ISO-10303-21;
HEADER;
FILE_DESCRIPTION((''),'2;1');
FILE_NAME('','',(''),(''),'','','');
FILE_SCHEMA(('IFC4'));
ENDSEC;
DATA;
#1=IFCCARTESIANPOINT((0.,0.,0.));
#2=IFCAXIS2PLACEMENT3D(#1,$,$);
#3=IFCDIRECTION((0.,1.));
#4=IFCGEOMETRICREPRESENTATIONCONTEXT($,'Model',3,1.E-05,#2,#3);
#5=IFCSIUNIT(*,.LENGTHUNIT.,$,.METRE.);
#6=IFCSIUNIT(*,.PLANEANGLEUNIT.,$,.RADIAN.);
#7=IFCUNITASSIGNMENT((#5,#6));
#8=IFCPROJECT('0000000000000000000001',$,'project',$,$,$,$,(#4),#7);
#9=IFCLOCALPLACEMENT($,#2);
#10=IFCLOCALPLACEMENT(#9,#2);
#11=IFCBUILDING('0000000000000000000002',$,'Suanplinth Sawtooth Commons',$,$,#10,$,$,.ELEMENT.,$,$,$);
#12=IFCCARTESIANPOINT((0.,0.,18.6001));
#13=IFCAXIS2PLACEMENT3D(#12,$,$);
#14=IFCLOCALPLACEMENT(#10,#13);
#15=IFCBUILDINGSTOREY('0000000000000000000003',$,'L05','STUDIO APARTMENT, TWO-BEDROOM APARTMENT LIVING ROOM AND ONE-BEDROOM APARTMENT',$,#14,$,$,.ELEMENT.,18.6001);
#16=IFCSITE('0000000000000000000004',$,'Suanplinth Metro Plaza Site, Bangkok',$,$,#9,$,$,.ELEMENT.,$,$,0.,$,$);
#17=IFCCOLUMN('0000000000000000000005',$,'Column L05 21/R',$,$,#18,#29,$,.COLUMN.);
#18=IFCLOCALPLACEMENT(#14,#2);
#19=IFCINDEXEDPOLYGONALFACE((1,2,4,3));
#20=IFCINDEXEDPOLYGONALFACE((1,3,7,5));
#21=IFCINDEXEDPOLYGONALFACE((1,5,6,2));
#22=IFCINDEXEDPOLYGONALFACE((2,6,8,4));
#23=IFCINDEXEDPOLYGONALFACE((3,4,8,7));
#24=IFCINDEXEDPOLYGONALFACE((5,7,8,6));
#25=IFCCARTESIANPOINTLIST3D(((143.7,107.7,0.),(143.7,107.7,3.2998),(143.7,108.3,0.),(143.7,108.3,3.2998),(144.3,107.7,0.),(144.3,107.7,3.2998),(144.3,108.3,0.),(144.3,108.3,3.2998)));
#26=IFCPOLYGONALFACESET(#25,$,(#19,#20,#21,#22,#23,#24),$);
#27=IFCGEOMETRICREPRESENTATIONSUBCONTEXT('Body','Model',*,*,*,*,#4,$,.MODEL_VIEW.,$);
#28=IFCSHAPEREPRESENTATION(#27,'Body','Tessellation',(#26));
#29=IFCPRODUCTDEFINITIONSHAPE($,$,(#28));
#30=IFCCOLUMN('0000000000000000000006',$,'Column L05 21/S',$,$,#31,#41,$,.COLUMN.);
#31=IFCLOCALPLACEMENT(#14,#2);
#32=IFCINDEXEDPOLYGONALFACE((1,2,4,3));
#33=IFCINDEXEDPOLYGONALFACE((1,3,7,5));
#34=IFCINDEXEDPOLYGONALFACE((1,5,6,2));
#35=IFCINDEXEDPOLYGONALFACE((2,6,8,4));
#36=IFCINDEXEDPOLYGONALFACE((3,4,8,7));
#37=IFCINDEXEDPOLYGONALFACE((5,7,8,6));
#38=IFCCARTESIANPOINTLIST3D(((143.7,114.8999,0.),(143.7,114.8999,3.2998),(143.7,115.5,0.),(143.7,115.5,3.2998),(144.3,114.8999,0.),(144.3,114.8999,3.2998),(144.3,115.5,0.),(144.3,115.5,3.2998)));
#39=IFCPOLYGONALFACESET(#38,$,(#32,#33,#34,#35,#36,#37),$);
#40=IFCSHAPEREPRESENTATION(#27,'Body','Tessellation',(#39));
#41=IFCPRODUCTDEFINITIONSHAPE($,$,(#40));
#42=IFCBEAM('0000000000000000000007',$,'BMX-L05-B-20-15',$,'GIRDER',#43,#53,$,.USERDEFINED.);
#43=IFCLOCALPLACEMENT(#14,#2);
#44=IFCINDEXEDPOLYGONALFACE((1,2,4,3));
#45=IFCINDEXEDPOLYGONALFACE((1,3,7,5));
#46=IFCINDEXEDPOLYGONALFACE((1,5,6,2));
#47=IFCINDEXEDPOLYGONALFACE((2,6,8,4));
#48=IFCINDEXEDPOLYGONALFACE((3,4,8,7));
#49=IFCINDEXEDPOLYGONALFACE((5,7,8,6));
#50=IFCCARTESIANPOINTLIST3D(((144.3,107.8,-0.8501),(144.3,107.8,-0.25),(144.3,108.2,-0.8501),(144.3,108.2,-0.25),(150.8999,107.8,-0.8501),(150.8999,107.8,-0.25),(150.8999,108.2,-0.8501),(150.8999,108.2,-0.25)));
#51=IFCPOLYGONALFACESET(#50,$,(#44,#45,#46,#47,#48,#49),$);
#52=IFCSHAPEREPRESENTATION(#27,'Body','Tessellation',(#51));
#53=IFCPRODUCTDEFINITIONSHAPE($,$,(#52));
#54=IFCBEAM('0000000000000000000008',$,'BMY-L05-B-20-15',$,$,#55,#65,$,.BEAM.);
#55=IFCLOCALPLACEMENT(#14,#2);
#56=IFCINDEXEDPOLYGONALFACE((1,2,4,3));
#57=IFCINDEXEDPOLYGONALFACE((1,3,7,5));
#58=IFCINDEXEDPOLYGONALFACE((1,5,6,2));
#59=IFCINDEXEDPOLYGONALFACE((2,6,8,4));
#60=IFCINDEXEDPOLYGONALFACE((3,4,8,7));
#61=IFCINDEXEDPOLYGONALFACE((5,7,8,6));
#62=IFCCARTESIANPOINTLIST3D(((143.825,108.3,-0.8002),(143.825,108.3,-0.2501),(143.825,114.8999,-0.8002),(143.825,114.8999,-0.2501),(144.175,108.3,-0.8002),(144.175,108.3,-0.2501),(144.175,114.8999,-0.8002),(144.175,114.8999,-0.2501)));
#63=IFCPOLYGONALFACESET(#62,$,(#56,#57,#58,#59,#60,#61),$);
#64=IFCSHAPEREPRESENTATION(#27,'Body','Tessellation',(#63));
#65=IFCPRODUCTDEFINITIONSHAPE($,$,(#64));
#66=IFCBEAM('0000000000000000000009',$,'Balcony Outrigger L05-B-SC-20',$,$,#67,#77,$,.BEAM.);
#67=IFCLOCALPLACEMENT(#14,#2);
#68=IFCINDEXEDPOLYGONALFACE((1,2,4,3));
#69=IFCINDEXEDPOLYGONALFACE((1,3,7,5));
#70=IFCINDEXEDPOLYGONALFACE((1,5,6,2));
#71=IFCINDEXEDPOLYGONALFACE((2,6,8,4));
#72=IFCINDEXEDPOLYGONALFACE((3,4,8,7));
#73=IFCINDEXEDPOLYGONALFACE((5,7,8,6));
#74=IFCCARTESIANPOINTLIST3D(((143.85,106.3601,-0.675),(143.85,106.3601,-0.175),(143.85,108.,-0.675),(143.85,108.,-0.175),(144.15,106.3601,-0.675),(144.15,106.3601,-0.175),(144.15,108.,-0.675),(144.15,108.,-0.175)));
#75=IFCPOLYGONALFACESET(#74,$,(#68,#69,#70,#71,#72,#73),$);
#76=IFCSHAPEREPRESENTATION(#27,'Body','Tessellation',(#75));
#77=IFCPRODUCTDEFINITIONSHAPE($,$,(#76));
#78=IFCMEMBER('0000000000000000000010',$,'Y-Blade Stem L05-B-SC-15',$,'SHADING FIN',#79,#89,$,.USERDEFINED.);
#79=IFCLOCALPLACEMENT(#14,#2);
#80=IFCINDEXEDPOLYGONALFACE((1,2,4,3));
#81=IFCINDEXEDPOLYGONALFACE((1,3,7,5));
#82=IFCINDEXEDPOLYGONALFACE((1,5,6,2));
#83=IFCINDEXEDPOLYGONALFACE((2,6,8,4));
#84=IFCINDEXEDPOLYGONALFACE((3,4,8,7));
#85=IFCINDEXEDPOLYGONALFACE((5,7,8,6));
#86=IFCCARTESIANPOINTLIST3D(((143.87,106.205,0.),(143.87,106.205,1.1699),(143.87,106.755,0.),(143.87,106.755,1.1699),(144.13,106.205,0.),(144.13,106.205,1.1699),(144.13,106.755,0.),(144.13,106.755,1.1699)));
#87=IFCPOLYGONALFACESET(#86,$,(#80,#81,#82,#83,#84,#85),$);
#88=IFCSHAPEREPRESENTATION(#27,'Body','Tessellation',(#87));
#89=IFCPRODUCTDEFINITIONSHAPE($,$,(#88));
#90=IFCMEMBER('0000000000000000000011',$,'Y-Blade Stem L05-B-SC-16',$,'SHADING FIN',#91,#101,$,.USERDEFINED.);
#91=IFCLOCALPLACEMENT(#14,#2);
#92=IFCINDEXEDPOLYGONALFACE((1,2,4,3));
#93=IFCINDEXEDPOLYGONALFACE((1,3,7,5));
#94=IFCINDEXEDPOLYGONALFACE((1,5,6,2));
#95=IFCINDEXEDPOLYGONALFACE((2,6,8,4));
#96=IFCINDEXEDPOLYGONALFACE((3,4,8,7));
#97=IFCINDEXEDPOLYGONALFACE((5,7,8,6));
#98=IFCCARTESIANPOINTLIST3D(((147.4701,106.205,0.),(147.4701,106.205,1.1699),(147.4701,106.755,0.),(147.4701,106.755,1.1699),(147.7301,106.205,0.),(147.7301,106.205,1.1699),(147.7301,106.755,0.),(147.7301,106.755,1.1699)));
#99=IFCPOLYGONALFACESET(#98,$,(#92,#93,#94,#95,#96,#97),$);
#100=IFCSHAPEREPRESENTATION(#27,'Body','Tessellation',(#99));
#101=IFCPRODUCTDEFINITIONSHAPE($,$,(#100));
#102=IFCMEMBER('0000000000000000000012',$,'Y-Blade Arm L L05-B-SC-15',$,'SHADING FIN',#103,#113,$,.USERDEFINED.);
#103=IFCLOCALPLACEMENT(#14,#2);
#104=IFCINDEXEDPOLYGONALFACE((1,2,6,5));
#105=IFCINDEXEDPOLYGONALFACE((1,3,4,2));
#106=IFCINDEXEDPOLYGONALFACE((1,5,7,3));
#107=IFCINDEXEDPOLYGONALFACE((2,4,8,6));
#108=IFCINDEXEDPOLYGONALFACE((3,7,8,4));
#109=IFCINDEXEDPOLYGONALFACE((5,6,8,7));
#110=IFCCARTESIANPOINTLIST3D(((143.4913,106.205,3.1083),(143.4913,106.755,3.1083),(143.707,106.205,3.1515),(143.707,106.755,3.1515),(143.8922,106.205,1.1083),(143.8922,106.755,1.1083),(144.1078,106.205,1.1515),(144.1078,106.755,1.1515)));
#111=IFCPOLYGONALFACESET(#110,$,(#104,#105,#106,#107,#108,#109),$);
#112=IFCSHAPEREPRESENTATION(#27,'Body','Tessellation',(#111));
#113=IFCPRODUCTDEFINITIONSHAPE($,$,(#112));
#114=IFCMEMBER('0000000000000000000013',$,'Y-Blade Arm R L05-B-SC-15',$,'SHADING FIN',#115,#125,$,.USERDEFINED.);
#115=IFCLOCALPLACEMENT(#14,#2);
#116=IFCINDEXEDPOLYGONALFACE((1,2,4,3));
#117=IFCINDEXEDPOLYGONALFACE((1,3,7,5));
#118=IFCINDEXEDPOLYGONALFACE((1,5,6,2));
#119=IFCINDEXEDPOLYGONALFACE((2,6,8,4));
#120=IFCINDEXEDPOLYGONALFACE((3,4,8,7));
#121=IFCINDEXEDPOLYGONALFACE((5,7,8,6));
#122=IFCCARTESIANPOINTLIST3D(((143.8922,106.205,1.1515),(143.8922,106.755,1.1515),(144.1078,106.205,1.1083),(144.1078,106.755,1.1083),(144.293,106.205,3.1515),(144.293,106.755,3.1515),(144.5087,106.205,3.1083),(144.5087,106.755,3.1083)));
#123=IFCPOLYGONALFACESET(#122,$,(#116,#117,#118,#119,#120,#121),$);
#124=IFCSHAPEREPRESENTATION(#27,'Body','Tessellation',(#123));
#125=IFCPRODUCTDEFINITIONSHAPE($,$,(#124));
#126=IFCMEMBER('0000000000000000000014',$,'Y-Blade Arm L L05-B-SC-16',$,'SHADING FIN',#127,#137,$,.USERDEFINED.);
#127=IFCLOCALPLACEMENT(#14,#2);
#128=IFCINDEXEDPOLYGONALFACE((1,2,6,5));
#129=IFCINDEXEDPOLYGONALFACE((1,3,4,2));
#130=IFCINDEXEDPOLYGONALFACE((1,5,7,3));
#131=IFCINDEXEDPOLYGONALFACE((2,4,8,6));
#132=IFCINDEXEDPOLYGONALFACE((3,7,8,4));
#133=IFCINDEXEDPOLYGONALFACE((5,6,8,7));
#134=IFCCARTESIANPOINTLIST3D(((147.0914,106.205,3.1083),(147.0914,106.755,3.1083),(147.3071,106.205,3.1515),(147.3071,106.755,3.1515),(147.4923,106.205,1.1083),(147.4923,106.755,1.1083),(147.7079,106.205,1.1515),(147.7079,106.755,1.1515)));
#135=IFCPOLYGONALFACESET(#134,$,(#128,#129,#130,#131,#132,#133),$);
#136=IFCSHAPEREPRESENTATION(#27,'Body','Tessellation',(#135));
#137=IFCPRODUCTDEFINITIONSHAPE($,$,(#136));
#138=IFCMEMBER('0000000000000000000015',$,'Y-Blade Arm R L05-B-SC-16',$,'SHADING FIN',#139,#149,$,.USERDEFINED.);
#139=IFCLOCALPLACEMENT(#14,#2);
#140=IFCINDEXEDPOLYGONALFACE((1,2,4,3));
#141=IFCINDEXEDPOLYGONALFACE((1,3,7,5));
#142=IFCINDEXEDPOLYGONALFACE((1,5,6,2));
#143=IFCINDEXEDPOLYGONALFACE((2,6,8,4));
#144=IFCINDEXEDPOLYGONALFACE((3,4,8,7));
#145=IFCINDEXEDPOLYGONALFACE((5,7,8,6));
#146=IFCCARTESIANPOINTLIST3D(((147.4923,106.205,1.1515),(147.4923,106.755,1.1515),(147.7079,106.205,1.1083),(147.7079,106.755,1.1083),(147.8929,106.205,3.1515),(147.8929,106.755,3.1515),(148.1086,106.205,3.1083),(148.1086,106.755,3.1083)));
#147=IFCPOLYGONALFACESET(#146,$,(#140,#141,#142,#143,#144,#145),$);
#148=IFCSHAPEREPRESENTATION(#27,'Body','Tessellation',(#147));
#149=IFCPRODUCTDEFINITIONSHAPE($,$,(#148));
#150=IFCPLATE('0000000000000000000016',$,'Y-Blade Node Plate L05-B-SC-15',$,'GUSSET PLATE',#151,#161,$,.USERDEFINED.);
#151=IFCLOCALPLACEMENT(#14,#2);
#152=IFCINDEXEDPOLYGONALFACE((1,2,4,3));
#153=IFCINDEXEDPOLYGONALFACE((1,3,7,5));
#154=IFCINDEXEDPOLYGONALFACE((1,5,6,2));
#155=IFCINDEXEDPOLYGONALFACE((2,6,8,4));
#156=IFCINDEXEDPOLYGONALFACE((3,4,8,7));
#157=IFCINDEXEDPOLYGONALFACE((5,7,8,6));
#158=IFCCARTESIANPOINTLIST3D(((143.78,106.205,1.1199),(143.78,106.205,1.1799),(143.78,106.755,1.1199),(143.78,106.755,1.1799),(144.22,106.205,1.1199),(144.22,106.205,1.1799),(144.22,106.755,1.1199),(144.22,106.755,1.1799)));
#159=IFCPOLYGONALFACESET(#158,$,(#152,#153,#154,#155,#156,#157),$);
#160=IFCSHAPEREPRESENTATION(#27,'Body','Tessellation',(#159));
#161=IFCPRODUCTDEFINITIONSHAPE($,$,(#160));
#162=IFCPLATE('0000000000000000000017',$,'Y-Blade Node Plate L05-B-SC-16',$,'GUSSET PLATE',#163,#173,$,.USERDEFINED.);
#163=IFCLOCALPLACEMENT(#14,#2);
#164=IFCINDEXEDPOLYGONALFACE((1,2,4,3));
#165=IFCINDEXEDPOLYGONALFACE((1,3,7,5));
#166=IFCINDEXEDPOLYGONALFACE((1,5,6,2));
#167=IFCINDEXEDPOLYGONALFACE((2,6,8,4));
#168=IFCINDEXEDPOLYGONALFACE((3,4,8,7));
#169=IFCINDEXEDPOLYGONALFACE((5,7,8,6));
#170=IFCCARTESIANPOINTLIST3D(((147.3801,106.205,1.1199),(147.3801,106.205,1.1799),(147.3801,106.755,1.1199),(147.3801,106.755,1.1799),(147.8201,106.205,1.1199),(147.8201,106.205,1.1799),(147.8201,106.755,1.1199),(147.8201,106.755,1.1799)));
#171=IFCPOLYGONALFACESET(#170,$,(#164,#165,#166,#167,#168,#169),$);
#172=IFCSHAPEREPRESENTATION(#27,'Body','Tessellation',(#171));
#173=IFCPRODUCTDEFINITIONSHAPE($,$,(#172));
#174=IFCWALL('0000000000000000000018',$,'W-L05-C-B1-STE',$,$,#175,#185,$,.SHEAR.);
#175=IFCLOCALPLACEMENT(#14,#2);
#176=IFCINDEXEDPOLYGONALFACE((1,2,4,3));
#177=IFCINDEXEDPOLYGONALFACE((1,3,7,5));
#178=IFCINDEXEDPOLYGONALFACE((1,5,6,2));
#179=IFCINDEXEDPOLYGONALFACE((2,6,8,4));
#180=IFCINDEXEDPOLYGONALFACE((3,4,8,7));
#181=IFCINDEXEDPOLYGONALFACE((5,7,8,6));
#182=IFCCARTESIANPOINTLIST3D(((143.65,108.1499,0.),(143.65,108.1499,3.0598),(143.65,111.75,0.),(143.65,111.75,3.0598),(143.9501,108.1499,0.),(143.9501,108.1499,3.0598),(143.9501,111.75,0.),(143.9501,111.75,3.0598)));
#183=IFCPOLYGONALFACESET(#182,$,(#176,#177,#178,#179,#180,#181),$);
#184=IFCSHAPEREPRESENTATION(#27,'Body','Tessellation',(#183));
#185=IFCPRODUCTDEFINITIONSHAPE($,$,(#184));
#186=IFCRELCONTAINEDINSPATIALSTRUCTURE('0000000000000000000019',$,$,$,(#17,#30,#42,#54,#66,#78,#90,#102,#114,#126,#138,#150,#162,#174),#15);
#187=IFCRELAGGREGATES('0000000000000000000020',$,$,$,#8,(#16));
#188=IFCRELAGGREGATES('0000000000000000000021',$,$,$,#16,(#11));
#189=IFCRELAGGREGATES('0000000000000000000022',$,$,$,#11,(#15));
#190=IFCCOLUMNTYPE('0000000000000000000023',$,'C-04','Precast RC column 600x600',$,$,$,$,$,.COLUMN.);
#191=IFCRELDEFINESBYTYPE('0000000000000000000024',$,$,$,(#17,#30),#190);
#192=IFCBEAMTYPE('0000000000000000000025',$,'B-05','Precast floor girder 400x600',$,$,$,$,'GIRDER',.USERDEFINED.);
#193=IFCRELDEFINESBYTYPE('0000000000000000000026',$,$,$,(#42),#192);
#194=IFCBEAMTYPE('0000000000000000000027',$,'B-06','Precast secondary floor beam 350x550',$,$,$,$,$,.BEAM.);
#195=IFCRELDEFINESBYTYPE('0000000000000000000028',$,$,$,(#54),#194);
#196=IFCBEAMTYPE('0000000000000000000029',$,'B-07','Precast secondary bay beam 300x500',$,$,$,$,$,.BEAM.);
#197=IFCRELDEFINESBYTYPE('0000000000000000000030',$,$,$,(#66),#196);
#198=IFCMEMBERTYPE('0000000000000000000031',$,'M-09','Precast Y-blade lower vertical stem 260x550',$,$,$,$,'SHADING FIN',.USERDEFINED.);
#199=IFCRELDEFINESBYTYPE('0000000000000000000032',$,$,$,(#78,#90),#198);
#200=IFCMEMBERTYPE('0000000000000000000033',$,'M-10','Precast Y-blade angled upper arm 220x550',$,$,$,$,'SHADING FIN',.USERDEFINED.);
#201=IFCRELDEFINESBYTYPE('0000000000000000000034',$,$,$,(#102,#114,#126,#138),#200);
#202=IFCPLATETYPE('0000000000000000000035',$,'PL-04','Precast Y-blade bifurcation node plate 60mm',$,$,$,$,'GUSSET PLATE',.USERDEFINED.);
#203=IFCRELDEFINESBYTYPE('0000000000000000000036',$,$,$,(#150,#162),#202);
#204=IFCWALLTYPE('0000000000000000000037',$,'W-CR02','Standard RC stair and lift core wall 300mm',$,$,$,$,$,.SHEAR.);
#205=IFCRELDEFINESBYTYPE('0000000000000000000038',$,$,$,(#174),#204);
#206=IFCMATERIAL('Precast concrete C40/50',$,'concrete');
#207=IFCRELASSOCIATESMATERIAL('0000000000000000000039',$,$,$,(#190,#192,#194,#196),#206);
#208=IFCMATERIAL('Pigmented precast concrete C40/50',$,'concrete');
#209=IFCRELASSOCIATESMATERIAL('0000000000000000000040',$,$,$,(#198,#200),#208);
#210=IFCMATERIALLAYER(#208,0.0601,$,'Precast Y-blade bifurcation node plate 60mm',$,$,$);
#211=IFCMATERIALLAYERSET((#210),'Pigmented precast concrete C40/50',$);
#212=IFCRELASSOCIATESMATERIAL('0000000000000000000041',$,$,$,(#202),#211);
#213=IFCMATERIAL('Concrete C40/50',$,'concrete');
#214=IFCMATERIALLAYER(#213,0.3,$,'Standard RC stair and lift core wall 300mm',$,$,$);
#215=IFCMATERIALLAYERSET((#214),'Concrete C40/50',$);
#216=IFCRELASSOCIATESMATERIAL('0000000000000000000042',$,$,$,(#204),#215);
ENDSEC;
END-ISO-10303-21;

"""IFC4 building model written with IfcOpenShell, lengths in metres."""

from ifc_helpers import new_model, si_unit, direction, frame, frame_2d, origin, origin_2d, place, context, subcontext, project, spatial, rectangle, extrude, material, layer, layer_set, material_profile, profile_set, type_object, element, save


model = new_model("IFC4")

# Units and contexts
model_context = context("Model", 3, precision=1e-05, world=origin(), true_north=direction((0.0, 1.0)))
body_context = subcontext(model_context, "Body", "Model", "MODEL_VIEW")
ifc_project = project(units=[si_unit("LENGTHUNIT", "METRE"), si_unit("PLANEANGLEUNIT", "RADIAN")], contexts=[model_context])

# Site, building, storey
site_placement = place(None, origin())
site = spatial("IfcSite", under=ifc_project, at=site_placement, Name="Suanplinth Metro Plaza Site, Bangkok", CompositionType="ELEMENT", RefElevation=0.0)
building_placement = place(site_placement, origin())
building = spatial("IfcBuilding", under=site, at=building_placement, Name="Suanplinth Sawtooth Commons", CompositionType="ELEMENT")
storey_placement = place(building_placement, frame((0.0, 0.0, 18.6001)))
storey = spatial("IfcBuildingStorey", under=building, at=storey_placement, Name="L05", Description="STUDIO APARTMENT, TWO-BEDROOM APARTMENT LIVING ROOM AND ONE-BEDROOM APARTMENT", CompositionType="ELEMENT", Elevation=18.6001)

# Columns
ifc_material_1 = material(Name="Precast concrete C40/50", Category="concrete")
ifc_material_profile_1 = material_profile(ifc_material_1, rectangle(XDim=0.6001, YDim=0.6001, at=origin_2d()), Name="PC-COL 600x600")
ifc_profile_set_1 = profile_set([ifc_material_profile_1], Name="Precast concrete C40/50")
column_type = type_object("IfcColumnType", Name="C-04", Description="Precast RC column 600x600", PredefinedType="COLUMN", material=ifc_profile_set_1)
for number, where, z_axis, x_axis, name in (
    (1, (144.0, 108.0, 0.0), (0.0, 0.0, 1.0), (1.0, 0.0, 0.0), "Column L05 21/R"),
    (2, (144.0, 115.2, 0.0), (0.0, 0.0, 1.0), (1.0, 0.0, 0.0), "Column L05 21/S"),
):
    element("IfcColumn", number, at=place(storey_placement, frame(where, z_axis=z_axis, x_axis=x_axis)), inside=storey, type_object=column_type, Name=name, PredefinedType="COLUMN", context=body_context, shape_type="SweptSolid", body=[
        extrude(rectangle(XDim=0.6001, YDim=0.6001, at=origin_2d()), origin(), (0.0, 0.0, 1.0), 3.2998),
    ])

# Beams
ifc_material_profile_2 = material_profile(ifc_material_1, rectangle(XDim=0.3999, YDim=0.6001, at=origin_2d()), Name="PC-GDR 400x600")
ifc_profile_set_2 = profile_set([ifc_material_profile_2], Name="Precast concrete C40/50")
beam_type_1 = type_object("IfcBeamType", Name="B-05", Description="Precast floor girder 400x600", ElementType="GIRDER", PredefinedType="USERDEFINED", material=ifc_profile_set_2)
beam_1_placement = place(storey_placement, frame((144.3, 108.0, -0.55), z_axis=(1.0, 0.0, 0.0), x_axis=(0.0, 1.0, 0.0)))
element("IfcBeam", 3, at=beam_1_placement, inside=storey, type_object=beam_type_1, Name="BMX-L05-B-20-15", ObjectType="GIRDER", PredefinedType="USERDEFINED", context=body_context, shape_type="SweptSolid", body=[
    extrude(rectangle(XDim=0.3999, YDim=0.6001, at=origin_2d()), origin(), (0.0, 0.0, 1.0), 6.5999),
])
ifc_material_profile_3 = material_profile(ifc_material_1, rectangle(XDim=0.3501, YDim=0.55, at=origin_2d()), Name="PC-BM 350x550")
ifc_profile_set_3 = profile_set([ifc_material_profile_3], Name="Precast concrete C40/50")
beam_type_2 = type_object("IfcBeamType", Name="B-06", Description="Precast secondary floor beam 350x550", PredefinedType="BEAM", material=ifc_profile_set_3)
beam_2_placement = place(storey_placement, frame((144.0, 108.3, -0.5251), z_axis=(0.0, 1.0, 0.0), x_axis=(-1.0, 0.0, 0.0)))
element("IfcBeam", 4, at=beam_2_placement, inside=storey, type_object=beam_type_2, Name="BMY-L05-B-20-15", PredefinedType="BEAM", context=body_context, shape_type="SweptSolid", body=[
    extrude(rectangle(XDim=0.3501, YDim=0.55, at=origin_2d()), origin(), (0.0, 0.0, 1.0), 6.5999),
])
ifc_material_profile_4 = material_profile(ifc_material_1, rectangle(XDim=0.3, YDim=0.5, at=origin_2d()), Name="PC-BM 300x500")
ifc_profile_set_4 = profile_set([ifc_material_profile_4], Name="Precast concrete C40/50")
beam_type_3 = type_object("IfcBeamType", Name="B-07", Description="Precast secondary bay beam 300x500", PredefinedType="BEAM", material=ifc_profile_set_4)
beam_3_placement = place(storey_placement, frame((144.0, 108.0, -0.425), z_axis=(0.0, -1.0, 0.0), x_axis=(1.0, 0.0, 0.0)))
element("IfcBeam", 5, at=beam_3_placement, inside=storey, type_object=beam_type_3, Name="Balcony Outrigger L05-B-SC-20", PredefinedType="BEAM", context=body_context, shape_type="SweptSolid", body=[
    extrude(rectangle(XDim=0.3, YDim=0.5, at=origin_2d()), origin(), (0.0, 0.0, 1.0), 1.6399),
])

# Members
ifc_material_2 = material(Name="Pigmented precast concrete C40/50", Category="concrete")
ifc_material_profile_5 = material_profile(ifc_material_2, rectangle(XDim=0.26, YDim=0.55, at=origin_2d()), Name="PC-FIN 260x550")
ifc_profile_set_5 = profile_set([ifc_material_profile_5], Name="Pigmented precast concrete C40/50")
member_type_1 = type_object("IfcMemberType", Name="M-09", Description="Precast Y-blade lower vertical stem 260x550", ElementType="SHADING FIN", PredefinedType="USERDEFINED", material=ifc_profile_set_5)
for number, where, z_axis, x_axis, name in (
    (6, (144.0, 106.48, 0.0), (0.0, 0.0, 1.0), (1.0, 0.0, 0.0), "Y-Blade Stem L05-B-SC-15"),
    (7, (147.6001, 106.48, 0.0), (0.0, 0.0, 1.0), (1.0, 0.0, 0.0), "Y-Blade Stem L05-B-SC-16"),
):
    element("IfcMember", number, at=place(storey_placement, frame(where, z_axis=z_axis, x_axis=x_axis)), inside=storey, type_object=member_type_1, Name=name, ObjectType="SHADING FIN", PredefinedType="USERDEFINED", context=body_context, shape_type="SweptSolid", body=[
        extrude(rectangle(XDim=0.26, YDim=0.55, at=origin_2d()), origin(), (0.0, 0.0, 1.0), 1.1699),
    ])
ifc_material_profile_6 = material_profile(ifc_material_2, rectangle(XDim=0.22, YDim=0.55, at=origin_2d()), Name="PC-FIN 220x550")
ifc_profile_set_6 = profile_set([ifc_material_profile_6], Name="Pigmented precast concrete C40/50")
member_type_2 = type_object("IfcMemberType", Name="M-10", Description="Precast Y-blade angled upper arm 220x550", ElementType="SHADING FIN", PredefinedType="USERDEFINED", material=ifc_profile_set_6)
for number, where, z_axis, x_axis, name in (
    (8, (144.0, 106.48, 1.1299), (-0.19653, 0.0, 0.980498), (0.980498, 0.0, 0.19653), "Y-Blade Arm L L05-B-SC-15"),
    (9, (144.0, 106.48, 1.1299), (0.19653, 0.0, 0.980498), (-0.980498, 0.0, 0.19653), "Y-Blade Arm R L05-B-SC-15"),
    (10, (147.6001, 106.48, 1.1299), (-0.19653, 0.0, 0.980498), (0.980498, 0.0, 0.19653), "Y-Blade Arm L L05-B-SC-16"),
    (11, (147.6001, 106.48, 1.1299), (0.196415, 0.0, 0.980521), (-0.980521, 0.0, 0.196415), "Y-Blade Arm R L05-B-SC-16"),
):
    element("IfcMember", number, at=place(storey_placement, frame(where, z_axis=z_axis, x_axis=x_axis)), inside=storey, type_object=member_type_2, Name=name, ObjectType="SHADING FIN", PredefinedType="USERDEFINED", context=body_context, shape_type="SweptSolid", body=[
        extrude(rectangle(XDim=0.22, YDim=0.55, at=origin_2d()), origin(), (0.0, 0.0, 1.0), 2.0398),
    ])

# Plates
ifc_layer_1 = layer(ifc_material_2, 0.0601, Name="Precast Y-blade bifurcation node plate 60mm")
ifc_layer_set_1 = layer_set([ifc_layer_1], Name="Pigmented precast concrete C40/50")
plate_type = type_object("IfcPlateType", Name="PL-04", Description="Precast Y-blade bifurcation node plate 60mm", ElementType="GUSSET PLATE", PredefinedType="USERDEFINED", material=ifc_layer_set_1)
for number, where, z_axis, x_axis, name in (
    (12, (144.0, 106.48, 1.1199), (0.0, 0.0, 1.0), (1.0, 0.0, 0.0), "Y-Blade Node Plate L05-B-SC-15"),
    (13, (147.6001, 106.48, 1.1199), (0.0, 0.0, 1.0), (1.0, 0.0, 0.0), "Y-Blade Node Plate L05-B-SC-16"),
):
    element("IfcPlate", number, at=place(storey_placement, frame(where, z_axis=z_axis, x_axis=x_axis)), inside=storey, type_object=plate_type, Name=name, ObjectType="GUSSET PLATE", PredefinedType="USERDEFINED", context=body_context, shape_type="SweptSolid", body=[
        extrude(rectangle(XDim=0.4399, YDim=0.55, at=origin_2d()), origin(), (0.0, 0.0, 1.0), 0.0601),
    ])

# Wall
ifc_material_3 = material(Name="Concrete C40/50", Category="concrete")
ifc_layer_2 = layer(ifc_material_3, 0.3, Name="Standard RC stair and lift core wall 300mm")
ifc_layer_set_2 = layer_set([ifc_layer_2], Name="Concrete C40/50")
wall_type_1 = type_object("IfcWallType", Name="W-CR02", Description="Standard RC stair and lift core wall 300mm", PredefinedType="SHEAR", material=ifc_layer_set_2)
wall_1_placement = place(storey_placement, frame((143.8, 108.1499, 0.0), z_axis=(0.0, 0.0, 1.0), x_axis=(0.0, 1.0, 0.0)))
element("IfcWall", 14, at=wall_1_placement, inside=storey, type_object=wall_type_1, Name="W-L05-C-B1-STE", PredefinedType="SHEAR", context=body_context, shape_type="SweptSolid", body=[
    extrude(rectangle(XDim=3.6001, YDim=0.3, at=frame_2d((1.8, 0.0))), origin(), (0.0, 0.0, 1.0), 3.0598),
])

save(model, "model.ifc")
